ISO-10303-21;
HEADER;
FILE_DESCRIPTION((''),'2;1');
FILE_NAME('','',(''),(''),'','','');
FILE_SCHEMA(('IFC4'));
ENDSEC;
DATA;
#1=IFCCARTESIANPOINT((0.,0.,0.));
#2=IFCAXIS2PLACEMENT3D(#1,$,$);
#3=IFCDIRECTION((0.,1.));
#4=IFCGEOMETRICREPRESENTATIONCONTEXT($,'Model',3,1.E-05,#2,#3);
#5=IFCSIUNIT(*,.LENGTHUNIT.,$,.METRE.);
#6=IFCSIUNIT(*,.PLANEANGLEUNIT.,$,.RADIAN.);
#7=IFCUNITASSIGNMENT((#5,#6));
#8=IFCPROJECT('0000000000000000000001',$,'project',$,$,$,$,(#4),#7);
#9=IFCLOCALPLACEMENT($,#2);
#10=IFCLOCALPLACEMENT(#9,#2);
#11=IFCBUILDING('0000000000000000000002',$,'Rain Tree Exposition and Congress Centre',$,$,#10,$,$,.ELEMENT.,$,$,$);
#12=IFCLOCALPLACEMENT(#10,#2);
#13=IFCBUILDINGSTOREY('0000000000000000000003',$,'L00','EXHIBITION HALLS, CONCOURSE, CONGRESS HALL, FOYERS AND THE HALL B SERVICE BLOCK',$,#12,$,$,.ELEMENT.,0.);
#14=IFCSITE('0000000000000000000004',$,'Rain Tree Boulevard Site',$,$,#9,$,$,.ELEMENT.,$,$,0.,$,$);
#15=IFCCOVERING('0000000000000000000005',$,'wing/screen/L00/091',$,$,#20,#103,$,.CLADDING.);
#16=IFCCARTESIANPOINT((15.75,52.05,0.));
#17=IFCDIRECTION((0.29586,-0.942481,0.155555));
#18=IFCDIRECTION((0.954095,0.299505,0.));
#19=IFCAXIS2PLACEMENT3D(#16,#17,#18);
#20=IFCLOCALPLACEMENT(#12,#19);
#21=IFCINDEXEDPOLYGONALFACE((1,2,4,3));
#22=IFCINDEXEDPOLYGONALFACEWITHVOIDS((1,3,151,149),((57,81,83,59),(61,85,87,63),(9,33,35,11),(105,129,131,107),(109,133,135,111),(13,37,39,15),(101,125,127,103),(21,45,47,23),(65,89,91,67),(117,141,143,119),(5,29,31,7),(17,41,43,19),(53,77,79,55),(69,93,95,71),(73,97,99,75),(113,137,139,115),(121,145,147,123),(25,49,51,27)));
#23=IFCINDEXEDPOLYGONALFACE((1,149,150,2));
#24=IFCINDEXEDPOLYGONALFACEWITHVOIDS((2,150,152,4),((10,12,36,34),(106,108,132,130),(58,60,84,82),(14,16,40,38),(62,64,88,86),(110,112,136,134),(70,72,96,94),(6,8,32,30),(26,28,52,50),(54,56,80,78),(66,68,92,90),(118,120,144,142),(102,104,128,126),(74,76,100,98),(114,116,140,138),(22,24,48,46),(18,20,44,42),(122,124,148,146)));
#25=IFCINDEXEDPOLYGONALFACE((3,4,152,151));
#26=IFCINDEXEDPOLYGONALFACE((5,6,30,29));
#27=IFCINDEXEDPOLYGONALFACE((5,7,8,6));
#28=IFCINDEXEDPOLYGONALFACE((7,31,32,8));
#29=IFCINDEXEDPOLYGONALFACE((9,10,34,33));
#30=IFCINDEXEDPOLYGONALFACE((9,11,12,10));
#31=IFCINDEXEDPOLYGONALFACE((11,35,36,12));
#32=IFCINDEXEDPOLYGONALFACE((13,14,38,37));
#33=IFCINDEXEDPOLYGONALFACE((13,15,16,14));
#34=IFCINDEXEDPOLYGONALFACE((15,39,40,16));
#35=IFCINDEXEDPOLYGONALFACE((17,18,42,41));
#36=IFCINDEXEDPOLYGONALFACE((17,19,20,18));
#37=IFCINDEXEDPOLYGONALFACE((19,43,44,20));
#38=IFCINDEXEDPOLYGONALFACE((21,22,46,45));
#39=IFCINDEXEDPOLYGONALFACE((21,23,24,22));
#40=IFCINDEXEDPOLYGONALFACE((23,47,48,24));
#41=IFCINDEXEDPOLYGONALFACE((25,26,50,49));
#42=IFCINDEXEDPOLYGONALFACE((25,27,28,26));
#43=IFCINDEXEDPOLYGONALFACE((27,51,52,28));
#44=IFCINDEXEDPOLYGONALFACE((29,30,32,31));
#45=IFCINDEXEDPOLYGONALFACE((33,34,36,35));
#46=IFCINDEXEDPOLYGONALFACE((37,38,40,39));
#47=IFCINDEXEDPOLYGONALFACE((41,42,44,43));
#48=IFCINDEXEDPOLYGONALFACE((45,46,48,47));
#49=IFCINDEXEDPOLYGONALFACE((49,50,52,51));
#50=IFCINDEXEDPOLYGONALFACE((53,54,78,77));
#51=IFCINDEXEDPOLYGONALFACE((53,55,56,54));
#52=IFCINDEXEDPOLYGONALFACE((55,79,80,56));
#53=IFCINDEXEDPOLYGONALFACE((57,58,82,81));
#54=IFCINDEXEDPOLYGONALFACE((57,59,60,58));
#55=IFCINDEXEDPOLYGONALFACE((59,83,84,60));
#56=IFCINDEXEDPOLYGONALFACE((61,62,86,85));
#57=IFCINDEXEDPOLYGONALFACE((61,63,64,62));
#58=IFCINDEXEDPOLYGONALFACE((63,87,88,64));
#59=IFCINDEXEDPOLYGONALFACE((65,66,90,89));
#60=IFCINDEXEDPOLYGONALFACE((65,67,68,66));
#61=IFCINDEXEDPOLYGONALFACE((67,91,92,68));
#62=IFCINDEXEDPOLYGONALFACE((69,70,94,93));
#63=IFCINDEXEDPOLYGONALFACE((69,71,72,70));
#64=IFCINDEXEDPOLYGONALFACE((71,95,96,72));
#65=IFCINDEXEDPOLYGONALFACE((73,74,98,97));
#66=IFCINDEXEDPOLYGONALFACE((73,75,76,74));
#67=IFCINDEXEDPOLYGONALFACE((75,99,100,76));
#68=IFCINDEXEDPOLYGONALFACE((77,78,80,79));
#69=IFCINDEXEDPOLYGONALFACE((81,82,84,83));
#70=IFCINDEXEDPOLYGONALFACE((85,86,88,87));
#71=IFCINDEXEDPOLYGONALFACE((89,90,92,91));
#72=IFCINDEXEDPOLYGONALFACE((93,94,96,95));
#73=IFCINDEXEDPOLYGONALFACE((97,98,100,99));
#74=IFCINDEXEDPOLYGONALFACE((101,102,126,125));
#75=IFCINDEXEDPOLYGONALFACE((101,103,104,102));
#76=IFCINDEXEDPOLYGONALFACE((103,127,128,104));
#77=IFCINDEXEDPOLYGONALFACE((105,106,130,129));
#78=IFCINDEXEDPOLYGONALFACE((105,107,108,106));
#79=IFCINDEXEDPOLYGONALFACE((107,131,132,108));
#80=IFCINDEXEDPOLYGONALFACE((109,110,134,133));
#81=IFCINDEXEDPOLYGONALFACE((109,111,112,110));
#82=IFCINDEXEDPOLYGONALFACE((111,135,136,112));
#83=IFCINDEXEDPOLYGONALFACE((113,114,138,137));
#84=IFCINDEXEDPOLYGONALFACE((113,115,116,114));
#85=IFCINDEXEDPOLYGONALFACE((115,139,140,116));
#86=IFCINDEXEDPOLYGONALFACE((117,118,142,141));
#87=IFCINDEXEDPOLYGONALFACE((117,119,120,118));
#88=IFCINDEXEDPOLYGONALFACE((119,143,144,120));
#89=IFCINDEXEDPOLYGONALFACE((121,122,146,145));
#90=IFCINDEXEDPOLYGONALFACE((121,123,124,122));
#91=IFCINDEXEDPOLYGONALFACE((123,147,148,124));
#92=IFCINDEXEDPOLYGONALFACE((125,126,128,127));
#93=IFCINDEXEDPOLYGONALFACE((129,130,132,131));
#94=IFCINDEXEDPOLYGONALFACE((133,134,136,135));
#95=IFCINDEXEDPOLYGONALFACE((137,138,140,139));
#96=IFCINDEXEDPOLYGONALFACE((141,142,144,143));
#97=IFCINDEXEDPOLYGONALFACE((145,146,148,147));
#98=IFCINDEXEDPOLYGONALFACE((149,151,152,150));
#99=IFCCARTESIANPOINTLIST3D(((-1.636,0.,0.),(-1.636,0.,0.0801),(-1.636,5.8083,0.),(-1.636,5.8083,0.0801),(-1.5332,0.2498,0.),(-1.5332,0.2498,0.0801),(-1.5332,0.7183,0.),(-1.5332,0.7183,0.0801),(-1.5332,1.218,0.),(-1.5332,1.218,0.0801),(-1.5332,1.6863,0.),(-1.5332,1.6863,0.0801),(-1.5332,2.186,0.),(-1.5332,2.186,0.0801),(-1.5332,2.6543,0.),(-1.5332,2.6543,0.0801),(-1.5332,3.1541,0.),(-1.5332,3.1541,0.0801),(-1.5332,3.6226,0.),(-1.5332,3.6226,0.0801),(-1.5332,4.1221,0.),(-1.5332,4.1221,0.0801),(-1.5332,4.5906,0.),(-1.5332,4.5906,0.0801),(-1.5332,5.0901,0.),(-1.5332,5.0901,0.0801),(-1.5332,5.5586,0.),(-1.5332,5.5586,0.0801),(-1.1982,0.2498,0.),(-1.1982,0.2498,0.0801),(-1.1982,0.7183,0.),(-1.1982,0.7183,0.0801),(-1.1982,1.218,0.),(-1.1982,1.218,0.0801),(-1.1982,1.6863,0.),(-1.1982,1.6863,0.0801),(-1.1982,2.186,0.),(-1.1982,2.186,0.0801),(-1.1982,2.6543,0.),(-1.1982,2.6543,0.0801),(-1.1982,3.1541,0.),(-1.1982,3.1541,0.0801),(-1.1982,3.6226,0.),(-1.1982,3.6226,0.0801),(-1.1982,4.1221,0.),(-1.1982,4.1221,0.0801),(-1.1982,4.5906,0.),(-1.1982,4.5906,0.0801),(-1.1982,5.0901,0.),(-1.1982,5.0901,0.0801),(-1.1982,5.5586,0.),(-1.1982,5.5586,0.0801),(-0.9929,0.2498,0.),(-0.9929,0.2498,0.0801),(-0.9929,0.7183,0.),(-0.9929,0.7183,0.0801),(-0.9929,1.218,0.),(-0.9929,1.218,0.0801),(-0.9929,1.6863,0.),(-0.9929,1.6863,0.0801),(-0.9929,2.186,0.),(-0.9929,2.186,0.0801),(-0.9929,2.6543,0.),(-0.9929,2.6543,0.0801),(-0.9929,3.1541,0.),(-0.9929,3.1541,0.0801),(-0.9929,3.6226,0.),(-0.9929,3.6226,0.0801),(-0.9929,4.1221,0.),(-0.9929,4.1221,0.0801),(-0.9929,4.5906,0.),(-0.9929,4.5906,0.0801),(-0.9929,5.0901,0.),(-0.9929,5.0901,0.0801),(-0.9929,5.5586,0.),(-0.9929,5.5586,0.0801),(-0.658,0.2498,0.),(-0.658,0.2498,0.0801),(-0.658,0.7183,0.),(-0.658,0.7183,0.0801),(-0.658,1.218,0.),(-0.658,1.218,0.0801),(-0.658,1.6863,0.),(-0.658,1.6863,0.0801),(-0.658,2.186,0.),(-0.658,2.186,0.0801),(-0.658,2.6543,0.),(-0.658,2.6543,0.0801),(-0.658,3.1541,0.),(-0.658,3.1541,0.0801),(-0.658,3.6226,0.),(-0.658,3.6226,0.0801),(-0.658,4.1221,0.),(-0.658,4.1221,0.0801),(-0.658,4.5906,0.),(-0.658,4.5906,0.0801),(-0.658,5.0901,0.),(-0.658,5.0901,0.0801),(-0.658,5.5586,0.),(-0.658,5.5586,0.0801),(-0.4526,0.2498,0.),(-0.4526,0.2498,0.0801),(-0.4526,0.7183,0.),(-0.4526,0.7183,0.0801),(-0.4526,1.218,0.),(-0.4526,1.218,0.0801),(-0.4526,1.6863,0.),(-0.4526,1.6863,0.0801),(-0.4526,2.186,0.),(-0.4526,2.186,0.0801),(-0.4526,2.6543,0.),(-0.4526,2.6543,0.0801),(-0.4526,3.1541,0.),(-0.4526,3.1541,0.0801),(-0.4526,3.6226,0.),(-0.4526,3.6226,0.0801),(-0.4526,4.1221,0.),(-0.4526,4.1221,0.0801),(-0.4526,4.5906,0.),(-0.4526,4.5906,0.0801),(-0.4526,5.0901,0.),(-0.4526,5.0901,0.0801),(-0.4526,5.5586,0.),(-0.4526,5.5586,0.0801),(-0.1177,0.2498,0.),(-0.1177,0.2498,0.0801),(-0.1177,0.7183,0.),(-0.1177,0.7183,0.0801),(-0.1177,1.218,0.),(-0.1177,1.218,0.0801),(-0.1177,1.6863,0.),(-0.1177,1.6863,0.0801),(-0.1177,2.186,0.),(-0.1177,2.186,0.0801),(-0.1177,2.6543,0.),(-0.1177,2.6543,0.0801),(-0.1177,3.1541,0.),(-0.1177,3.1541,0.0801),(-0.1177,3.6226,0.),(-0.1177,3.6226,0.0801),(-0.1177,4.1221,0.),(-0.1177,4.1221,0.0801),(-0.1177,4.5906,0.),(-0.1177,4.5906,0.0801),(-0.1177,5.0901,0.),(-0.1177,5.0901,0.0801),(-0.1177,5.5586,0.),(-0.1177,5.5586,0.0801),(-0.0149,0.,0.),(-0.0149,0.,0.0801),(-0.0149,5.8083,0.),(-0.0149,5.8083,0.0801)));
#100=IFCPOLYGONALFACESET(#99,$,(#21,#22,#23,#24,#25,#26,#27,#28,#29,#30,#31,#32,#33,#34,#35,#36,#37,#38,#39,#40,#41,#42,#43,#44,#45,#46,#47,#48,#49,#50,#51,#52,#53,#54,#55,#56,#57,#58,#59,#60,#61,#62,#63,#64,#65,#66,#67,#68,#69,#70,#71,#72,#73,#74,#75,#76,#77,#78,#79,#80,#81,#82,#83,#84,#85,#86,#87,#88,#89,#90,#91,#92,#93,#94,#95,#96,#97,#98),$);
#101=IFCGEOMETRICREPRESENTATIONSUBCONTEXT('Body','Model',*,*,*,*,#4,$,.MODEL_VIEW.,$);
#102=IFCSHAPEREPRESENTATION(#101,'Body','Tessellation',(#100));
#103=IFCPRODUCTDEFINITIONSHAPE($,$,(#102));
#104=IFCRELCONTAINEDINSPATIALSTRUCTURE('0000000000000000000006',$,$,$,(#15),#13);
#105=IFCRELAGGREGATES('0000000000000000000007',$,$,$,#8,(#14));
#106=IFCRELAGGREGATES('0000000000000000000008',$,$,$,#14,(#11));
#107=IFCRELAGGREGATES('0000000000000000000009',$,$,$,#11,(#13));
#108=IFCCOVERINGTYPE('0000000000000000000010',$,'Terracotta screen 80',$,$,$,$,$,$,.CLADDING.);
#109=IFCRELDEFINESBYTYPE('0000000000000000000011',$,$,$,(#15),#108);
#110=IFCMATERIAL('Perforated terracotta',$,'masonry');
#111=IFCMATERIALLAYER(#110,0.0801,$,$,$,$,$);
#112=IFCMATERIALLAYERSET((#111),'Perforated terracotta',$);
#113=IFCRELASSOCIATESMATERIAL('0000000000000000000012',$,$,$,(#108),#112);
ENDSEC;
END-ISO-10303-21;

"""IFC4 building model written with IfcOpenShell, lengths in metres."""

from ifc_helpers import new_model, si_unit, direction, frame, origin, place, context, subcontext, project, spatial, polyline, outline, extrude, material, layer, layer_set, type_object, element, save


model = new_model("IFC4")

# Units and contexts
model_context = context("Model", 3, precision=1e-05, world=origin(), true_north=direction((0.0, 1.0)))
body_context = subcontext(model_context, "Body", "Model", "MODEL_VIEW")
ifc_project = project(units=[si_unit("LENGTHUNIT", "METRE"), si_unit("PLANEANGLEUNIT", "RADIAN")], contexts=[model_context])

# Site, building, storey
site_placement = place(None, origin())
site = spatial("IfcSite", under=ifc_project, at=site_placement, Name="Rain Tree Boulevard Site", CompositionType="ELEMENT", RefElevation=0.0)
building_placement = place(site_placement, origin())
building = spatial("IfcBuilding", under=site, at=building_placement, Name="Rain Tree Exposition and Congress Centre", CompositionType="ELEMENT")
storey_placement = place(building_placement, origin())
storey = spatial("IfcBuildingStorey", under=building, at=storey_placement, Name="L00", Description="EXHIBITION HALLS, CONCOURSE, CONGRESS HALL, FOYERS AND THE HALL B SERVICE BLOCK", CompositionType="ELEMENT", Elevation=0.0)

# Covering
ifc_material_1 = material(Name="Perforated terracotta", Category="masonry")
ifc_layer_1 = layer(ifc_material_1, 0.0801)
ifc_layer_set_1 = layer_set([ifc_layer_1], Name="Perforated terracotta")
covering_type = type_object("IfcCoveringType", Name="Terracotta screen 80", PredefinedType="CLADDING", material=ifc_layer_set_1)
covering_1_placement = place(storey_placement, frame((15.75, 52.05, 0.0), z_axis=(0.29586, -0.942481, 0.155555), x_axis=(0.954095, 0.299505, 0.0)))
element("IfcCovering", 1, at=covering_1_placement, inside=storey, type_object=covering_type, Name="wing/screen/L00/091", PredefinedType="CLADDING", context=body_context, shape_type="SweptSolid", body=[
    extrude(outline(polyline([(-0.0149, 5.8083), (-0.0149, 0.0), (-1.636, 0.0), (-1.636, 5.8083), (-0.0149, 5.8083)]), holes=[polyline([(-0.1177, 0.2498), (-0.1177, 0.7183), (-0.4526, 0.7183), (-0.4526, 0.2498), (-0.1177, 0.2498)]), polyline([(-0.1177, 1.218), (-0.1177, 1.6863), (-0.4526, 1.6863), (-0.4526, 1.218), (-0.1177, 1.218)]), polyline([(-0.1177, 2.186), (-0.1177, 2.6543), (-0.4526, 2.6543), (-0.4526, 2.186), (-0.1177, 2.186)]), polyline([(-0.1177, 3.1541), (-0.1177, 3.6226), (-0.4526, 3.6226), (-0.4526, 3.1541), (-0.1177, 3.1541)]), polyline([(-0.1177, 4.1221), (-0.1177, 4.5906), (-0.4526, 4.5906), (-0.4526, 4.1221), (-0.1177, 4.1221)]), polyline([(-0.1177, 5.0901), (-0.1177, 5.5586), (-0.4526, 5.5586), (-0.4526, 5.0901), (-0.1177, 5.0901)]), polyline([(-0.658, 0.2498), (-0.658, 0.7183), (-0.9929, 0.7183), (-0.9929, 0.2498), (-0.658, 0.2498)]), polyline([(-0.658, 1.218), (-0.658, 1.6863), (-0.9929, 1.6863), (-0.9929, 1.218), (-0.658, 1.218)]), polyline([(-0.658, 2.186), (-0.658, 2.6543), (-0.9929, 2.6543), (-0.9929, 2.186), (-0.658, 2.186)]), polyline([(-0.658, 3.1541), (-0.658, 3.6226), (-0.9929, 3.6226), (-0.9929, 3.1541), (-0.658, 3.1541)]), polyline([(-0.658, 4.1221), (-0.658, 4.5906), (-0.9929, 4.5906), (-0.9929, 4.1221), (-0.658, 4.1221)]), polyline([(-0.658, 5.0901), (-0.658, 5.5586), (-0.9929, 5.5586), (-0.9929, 5.0901), (-0.658, 5.0901)]), polyline([(-1.1982, 0.2498), (-1.1982, 0.7183), (-1.5332, 0.7183), (-1.5332, 0.2498), (-1.1982, 0.2498)]), polyline([(-1.1982, 1.218), (-1.1982, 1.6863), (-1.5332, 1.6863), (-1.5332, 1.218), (-1.1982, 1.218)]), polyline([(-1.1982, 2.186), (-1.1982, 2.6543), (-1.5332, 2.6543), (-1.5332, 2.186), (-1.1982, 2.186)]), polyline([(-1.1982, 3.1541), (-1.1982, 3.6226), (-1.5332, 3.6226), (-1.5332, 3.1541), (-1.1982, 3.1541)]), polyline([(-1.1982, 4.1221), (-1.1982, 4.5906), (-1.5332, 4.5906), (-1.5332, 4.1221), (-1.1982, 4.1221)]), polyline([(-1.1982, 5.0901), (-1.1982, 5.5586), (-1.5332, 5.5586), (-1.5332, 5.0901), (-1.1982, 5.0901)])]), origin(), (0.0, 0.0, 1.0), 0.0801),
])

save(model, "model.ifc")
